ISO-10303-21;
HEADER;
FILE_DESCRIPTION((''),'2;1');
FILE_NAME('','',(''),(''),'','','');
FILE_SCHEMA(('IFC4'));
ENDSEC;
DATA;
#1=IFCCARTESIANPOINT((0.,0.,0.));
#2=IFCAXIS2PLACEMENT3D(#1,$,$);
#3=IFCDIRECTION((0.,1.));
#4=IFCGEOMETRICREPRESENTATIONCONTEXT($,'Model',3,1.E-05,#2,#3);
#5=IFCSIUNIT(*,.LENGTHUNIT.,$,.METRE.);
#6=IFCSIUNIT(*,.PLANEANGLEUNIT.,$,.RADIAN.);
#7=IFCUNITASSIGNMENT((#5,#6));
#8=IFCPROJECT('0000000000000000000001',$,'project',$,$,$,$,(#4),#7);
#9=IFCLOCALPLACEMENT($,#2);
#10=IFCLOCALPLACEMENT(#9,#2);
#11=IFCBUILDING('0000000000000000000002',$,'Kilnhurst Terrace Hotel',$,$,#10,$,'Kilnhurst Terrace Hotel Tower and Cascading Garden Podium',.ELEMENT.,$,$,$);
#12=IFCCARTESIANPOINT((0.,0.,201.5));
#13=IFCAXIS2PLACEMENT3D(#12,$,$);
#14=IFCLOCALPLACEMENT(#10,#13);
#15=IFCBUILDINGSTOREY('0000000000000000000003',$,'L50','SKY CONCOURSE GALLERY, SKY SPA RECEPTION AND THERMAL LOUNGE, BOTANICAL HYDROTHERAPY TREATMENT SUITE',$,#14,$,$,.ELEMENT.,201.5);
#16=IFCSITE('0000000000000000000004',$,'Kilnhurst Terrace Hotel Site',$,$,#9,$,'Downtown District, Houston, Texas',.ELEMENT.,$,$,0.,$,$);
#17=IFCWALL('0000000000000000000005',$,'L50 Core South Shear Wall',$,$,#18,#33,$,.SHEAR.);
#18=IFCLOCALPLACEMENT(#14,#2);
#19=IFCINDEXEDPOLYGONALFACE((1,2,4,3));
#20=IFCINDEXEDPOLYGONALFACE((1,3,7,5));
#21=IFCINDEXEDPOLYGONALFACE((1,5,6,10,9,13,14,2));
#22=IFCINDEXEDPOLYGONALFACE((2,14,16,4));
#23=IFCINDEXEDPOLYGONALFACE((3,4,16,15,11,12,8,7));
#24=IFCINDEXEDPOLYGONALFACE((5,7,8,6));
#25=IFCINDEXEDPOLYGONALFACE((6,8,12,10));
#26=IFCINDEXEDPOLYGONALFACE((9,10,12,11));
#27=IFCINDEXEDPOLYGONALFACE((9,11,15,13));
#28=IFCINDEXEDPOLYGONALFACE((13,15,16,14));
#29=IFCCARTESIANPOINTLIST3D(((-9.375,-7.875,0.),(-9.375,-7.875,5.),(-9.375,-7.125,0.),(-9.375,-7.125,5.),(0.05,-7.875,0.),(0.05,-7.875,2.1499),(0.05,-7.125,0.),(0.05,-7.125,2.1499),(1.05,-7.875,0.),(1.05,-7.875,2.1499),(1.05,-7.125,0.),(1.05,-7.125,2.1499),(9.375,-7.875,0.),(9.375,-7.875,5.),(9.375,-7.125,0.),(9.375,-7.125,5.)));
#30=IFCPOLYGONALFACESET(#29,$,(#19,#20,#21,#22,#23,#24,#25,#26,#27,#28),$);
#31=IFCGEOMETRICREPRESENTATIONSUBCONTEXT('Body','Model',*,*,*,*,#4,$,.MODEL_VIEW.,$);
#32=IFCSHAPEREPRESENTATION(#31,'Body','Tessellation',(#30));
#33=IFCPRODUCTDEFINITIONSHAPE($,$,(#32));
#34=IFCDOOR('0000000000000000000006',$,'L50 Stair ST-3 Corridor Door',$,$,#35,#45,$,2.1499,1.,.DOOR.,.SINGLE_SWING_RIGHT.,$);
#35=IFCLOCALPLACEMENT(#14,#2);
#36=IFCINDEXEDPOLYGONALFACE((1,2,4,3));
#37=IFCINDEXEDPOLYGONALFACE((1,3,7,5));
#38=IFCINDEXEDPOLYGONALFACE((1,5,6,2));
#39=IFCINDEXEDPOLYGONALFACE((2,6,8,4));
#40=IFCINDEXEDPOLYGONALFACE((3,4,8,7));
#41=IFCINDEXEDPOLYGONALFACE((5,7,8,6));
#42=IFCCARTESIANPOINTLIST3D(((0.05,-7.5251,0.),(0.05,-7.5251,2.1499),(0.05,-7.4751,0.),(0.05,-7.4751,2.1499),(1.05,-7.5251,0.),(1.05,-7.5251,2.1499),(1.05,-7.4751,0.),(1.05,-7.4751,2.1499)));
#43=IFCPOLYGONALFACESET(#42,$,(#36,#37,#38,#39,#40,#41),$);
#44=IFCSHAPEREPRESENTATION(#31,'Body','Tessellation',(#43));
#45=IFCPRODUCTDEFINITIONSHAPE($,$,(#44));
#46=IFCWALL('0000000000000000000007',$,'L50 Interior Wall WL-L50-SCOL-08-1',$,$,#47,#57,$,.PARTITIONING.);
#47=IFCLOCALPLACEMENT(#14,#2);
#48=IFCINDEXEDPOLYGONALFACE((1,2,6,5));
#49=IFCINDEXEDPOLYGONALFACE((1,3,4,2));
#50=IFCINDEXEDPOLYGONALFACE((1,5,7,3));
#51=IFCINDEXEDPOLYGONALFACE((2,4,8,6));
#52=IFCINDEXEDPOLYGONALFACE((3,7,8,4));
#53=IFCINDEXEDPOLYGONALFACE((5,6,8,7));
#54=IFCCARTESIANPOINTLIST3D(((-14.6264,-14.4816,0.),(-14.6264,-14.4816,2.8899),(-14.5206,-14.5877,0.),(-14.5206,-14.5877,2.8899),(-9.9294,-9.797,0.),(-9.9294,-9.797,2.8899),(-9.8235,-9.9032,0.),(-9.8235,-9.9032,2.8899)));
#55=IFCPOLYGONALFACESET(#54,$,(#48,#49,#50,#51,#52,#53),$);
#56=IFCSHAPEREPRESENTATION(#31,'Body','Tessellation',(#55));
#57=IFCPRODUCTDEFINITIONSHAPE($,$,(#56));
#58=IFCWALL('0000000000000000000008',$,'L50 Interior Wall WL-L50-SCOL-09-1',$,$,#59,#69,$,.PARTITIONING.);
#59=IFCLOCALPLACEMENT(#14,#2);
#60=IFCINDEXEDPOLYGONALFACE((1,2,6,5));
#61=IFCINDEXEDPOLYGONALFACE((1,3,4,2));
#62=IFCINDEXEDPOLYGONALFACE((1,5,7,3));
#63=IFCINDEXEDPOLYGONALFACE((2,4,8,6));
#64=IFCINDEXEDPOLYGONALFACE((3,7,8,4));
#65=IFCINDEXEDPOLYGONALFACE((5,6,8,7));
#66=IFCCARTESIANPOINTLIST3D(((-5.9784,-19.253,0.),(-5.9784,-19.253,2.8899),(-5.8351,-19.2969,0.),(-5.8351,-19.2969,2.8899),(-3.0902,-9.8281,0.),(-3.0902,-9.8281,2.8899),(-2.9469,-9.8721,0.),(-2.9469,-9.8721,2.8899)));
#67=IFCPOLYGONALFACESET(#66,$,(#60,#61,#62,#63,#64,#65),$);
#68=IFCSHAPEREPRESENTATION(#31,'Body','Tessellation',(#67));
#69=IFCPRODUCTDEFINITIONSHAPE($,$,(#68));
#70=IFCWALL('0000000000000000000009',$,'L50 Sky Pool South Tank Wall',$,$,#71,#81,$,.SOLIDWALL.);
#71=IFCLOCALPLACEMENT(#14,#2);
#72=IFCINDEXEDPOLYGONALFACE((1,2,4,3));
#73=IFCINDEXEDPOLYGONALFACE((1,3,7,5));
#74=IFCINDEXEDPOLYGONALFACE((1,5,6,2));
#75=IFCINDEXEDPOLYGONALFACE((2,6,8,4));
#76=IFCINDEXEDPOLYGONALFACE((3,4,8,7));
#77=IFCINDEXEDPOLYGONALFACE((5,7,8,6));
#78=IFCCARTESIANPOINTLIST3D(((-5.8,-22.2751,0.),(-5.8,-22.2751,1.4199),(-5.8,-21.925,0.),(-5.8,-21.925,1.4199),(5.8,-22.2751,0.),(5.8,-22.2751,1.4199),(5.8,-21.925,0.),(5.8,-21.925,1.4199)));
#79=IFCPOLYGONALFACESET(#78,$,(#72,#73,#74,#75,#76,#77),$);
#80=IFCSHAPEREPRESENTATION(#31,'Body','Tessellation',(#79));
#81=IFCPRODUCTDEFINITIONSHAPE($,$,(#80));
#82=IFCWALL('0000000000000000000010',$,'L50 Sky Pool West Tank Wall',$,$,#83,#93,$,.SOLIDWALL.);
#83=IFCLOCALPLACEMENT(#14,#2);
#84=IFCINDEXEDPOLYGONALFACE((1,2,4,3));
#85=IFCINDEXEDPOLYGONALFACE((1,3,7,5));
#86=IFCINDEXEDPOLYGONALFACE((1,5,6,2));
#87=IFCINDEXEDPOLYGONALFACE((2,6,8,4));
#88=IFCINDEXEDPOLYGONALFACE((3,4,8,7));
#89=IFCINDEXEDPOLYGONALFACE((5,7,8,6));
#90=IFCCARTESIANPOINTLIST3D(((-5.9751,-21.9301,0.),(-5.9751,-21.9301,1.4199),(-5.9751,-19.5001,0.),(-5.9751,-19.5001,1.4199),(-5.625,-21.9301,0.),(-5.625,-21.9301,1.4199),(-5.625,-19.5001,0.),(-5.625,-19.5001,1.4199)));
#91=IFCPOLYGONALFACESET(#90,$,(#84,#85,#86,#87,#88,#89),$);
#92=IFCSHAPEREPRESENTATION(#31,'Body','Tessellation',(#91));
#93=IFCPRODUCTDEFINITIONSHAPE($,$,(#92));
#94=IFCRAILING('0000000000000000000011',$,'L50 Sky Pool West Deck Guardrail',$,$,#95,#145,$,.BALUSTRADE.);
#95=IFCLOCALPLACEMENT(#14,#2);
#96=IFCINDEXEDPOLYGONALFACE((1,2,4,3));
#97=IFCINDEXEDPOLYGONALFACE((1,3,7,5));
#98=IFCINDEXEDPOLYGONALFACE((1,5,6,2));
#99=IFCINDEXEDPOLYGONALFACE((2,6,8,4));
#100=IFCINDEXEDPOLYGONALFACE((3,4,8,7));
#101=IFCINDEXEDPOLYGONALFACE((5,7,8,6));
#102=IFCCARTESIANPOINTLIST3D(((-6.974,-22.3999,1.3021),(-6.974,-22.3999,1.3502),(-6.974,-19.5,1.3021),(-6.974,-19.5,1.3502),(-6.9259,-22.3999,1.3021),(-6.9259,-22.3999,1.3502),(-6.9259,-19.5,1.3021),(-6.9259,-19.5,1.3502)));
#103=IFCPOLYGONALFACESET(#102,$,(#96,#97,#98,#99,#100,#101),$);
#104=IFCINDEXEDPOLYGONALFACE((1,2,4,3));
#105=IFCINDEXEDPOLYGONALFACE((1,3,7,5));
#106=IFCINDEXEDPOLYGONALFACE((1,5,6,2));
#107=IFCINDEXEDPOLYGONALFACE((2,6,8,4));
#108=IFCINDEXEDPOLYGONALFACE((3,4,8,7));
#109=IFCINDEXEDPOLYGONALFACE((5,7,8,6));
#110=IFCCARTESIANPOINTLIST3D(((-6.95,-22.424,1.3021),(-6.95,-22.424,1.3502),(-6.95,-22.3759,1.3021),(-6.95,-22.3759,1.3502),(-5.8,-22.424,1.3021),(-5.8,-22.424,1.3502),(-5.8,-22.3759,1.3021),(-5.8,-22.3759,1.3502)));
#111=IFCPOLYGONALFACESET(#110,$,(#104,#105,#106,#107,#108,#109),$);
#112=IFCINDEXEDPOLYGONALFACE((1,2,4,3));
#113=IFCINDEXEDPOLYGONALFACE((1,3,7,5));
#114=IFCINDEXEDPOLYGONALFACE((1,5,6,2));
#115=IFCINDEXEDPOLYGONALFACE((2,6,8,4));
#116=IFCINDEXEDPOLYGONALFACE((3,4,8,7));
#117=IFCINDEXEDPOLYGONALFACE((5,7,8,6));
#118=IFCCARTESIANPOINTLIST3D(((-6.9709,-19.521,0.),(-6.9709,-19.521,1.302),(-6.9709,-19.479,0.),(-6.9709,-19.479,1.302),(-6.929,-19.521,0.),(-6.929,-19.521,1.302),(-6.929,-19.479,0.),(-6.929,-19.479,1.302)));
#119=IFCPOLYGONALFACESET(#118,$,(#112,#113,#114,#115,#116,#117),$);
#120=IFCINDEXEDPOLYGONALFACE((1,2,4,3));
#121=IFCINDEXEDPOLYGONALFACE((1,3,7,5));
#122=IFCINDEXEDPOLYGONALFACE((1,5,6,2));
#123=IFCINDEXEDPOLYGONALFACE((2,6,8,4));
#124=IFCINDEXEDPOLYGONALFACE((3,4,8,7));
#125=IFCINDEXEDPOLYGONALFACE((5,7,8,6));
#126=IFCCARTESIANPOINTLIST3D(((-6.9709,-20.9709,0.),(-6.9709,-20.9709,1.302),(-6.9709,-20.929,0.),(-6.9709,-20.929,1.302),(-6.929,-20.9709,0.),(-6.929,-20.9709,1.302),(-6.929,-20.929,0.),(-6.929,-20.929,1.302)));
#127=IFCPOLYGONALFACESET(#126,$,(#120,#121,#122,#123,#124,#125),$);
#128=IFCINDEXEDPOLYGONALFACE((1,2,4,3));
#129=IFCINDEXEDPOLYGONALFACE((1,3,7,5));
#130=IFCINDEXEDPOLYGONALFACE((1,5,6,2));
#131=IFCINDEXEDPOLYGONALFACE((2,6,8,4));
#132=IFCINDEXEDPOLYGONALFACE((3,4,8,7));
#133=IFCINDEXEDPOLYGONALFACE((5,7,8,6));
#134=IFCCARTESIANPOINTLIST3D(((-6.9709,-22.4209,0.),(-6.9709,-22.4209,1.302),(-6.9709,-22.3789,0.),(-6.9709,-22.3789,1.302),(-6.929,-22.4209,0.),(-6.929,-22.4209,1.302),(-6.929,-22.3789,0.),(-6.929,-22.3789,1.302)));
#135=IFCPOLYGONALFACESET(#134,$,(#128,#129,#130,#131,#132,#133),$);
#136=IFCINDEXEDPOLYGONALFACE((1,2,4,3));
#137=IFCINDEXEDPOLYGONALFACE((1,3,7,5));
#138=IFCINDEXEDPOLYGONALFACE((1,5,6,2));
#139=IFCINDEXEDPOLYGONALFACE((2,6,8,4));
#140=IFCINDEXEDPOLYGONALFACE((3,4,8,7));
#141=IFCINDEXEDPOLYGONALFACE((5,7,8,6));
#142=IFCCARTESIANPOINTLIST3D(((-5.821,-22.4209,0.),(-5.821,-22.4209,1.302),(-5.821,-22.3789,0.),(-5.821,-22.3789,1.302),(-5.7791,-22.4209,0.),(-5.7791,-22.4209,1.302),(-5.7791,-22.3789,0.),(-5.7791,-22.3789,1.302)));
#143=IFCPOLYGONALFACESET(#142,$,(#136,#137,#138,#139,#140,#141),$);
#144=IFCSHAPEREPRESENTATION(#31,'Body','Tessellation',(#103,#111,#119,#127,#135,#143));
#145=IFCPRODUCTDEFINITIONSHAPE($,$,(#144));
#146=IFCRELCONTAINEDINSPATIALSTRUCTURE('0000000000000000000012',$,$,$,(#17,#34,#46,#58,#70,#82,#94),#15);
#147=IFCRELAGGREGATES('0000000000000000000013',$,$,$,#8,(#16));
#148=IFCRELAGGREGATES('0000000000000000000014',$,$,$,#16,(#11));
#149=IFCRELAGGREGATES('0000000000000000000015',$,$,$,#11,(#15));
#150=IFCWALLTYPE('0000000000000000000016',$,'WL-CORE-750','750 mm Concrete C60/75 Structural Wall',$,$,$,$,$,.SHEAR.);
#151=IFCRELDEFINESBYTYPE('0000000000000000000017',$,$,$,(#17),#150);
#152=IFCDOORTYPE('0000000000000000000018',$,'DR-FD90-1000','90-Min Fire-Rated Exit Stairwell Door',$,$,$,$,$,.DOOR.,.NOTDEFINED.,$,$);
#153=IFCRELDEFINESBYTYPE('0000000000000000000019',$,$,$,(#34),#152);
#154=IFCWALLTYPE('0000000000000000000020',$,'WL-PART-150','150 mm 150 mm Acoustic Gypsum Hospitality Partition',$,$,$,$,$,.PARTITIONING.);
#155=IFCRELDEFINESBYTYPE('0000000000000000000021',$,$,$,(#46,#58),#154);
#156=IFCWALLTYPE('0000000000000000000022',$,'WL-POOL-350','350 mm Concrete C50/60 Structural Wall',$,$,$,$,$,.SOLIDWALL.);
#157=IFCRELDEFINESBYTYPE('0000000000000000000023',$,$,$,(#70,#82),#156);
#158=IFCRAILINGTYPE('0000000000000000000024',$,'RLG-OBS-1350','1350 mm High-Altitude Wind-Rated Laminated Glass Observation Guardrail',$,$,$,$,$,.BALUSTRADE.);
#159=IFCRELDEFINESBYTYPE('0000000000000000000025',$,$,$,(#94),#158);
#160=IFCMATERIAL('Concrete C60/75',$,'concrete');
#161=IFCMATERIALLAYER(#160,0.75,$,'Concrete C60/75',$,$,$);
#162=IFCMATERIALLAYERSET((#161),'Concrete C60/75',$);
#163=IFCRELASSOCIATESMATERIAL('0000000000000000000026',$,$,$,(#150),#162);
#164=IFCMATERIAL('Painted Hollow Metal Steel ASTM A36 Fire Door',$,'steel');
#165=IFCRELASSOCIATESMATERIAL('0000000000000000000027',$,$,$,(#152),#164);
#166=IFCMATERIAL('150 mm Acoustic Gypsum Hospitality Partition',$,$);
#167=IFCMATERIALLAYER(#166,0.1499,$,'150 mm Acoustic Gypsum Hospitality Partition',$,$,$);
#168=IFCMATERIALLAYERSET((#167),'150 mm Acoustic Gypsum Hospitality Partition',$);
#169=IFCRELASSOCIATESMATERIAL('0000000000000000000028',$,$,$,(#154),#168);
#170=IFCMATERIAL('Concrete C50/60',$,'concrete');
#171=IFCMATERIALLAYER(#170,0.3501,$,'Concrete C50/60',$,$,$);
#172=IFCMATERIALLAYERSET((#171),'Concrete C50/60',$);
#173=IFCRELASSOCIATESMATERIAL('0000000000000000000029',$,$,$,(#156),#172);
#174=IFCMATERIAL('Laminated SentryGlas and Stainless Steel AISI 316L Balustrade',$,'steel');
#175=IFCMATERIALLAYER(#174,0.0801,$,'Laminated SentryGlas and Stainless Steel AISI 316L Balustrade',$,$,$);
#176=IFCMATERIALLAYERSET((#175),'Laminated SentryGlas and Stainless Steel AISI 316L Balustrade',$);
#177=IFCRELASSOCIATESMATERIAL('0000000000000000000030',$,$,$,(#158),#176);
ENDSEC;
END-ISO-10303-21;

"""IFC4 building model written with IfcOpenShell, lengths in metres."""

from ifc_helpers import new_model, si_unit, direction, frame, frame_2d, origin, origin_2d, place, context, subcontext, project, spatial, rectangle, extrude, material, layer, layer_set, type_object, element, fill, save


model = new_model("IFC4")

# Units and contexts
model_context = context("Model", 3, precision=1e-05, world=origin(), true_north=direction((0.0, 1.0)))
body_context = subcontext(model_context, "Body", "Model", "MODEL_VIEW")
ifc_project = project(units=[si_unit("LENGTHUNIT", "METRE"), si_unit("PLANEANGLEUNIT", "RADIAN")], contexts=[model_context])

# Site, building, storey
site_placement = place(None, origin())
site = spatial("IfcSite", under=ifc_project, at=site_placement, Name="Kilnhurst Terrace Hotel Site", LongName="Downtown District, Houston, Texas", CompositionType="ELEMENT", RefElevation=0.0)
building_placement = place(site_placement, origin())
building = spatial("IfcBuilding", under=site, at=building_placement, Name="Kilnhurst Terrace Hotel", LongName="Kilnhurst Terrace Hotel Tower and Cascading Garden Podium", CompositionType="ELEMENT")
storey_placement = place(building_placement, frame((0.0, 0.0, 201.5)))
storey = spatial("IfcBuildingStorey", under=building, at=storey_placement, Name="L50", Description="SKY CONCOURSE GALLERY, SKY SPA RECEPTION AND THERMAL LOUNGE, BOTANICAL HYDROTHERAPY TREATMENT SUITE", CompositionType="ELEMENT", Elevation=201.5)

# Shared definitions
ifc_material_1 = material(Name="Concrete C50/60", Category="concrete")

# Wall, opening, door
ifc_material_2 = material(Name="Concrete C60/75", Category="concrete")
ifc_layer_1 = layer(ifc_material_2, 0.75, Name="Concrete C60/75")
ifc_layer_set_1 = layer_set([ifc_layer_1], Name="Concrete C60/75")
wall_type_1 = type_object("IfcWallType", Name="WL-CORE-750", Description="750 mm Concrete C60/75 Structural Wall", PredefinedType="SHEAR", material=ifc_layer_set_1)
wall_1_placement = place(storey_placement, frame((-9.375, -7.5, 0.0), z_axis=(0.0, 0.0, 1.0), x_axis=(1.0, 0.0, 0.0)))
wall_1 = element("IfcWall", 1, at=wall_1_placement, inside=storey, type_object=wall_type_1, Name="L50 Core South Shear Wall", PredefinedType="SHEAR", context=body_context, shape_type="SweptSolid", body=[
    extrude(rectangle(XDim=18.75, YDim=0.75, at=frame_2d((9.375, 0.0))), origin(), (0.0, 0.0, 1.0), 5.0),
])
opening_1_placement = place(wall_1_placement, frame((9.425, 0.0, 0.0)))
opening_1 = element("IfcOpeningElement", 2, at=opening_1_placement, cuts=wall_1, PredefinedType="OPENING", context=body_context, shape_type="SweptSolid", body=[
    extrude(rectangle(XDim=1.0, YDim=2.1499, at=frame_2d((0.5, 1.075))), frame((0.0, 0.385, 0.0), z_axis=(0.0, -1.0, 0.0), x_axis=(1.0, 0.0, 0.0)), (0.0, 0.0, 1.0), 0.77),
])
ifc_material_3 = material(Name="Painted Hollow Metal Steel ASTM A36 Fire Door", Category="steel")
door_type_1 = type_object("IfcDoorType", Name="DR-FD90-1000", Description="90-Min Fire-Rated Exit Stairwell Door", OperationType="NOTDEFINED", PredefinedType="DOOR", material=ifc_material_3)
door_1_placement = place(opening_1_placement, origin())
door_1 = element("IfcDoor", 3, at=door_1_placement, inside=storey, type_object=door_type_1, Name="L50 Stair ST-3 Corridor Door", OperationType="SINGLE_SWING_RIGHT", OverallHeight=2.1499, OverallWidth=1.0, PredefinedType="DOOR", context=body_context, shape_type="SweptSolid", body=[
    extrude(rectangle(XDim=1.0, YDim=2.1499, at=frame_2d((0.5, 1.075))), frame((0.0, 0.0249, 0.0), z_axis=(0.0, -1.0, 0.0), x_axis=(1.0, 0.0, 0.0)), (0.0, 0.0, 1.0), 0.05),
])
fill(opening_1, door_1)

# Walls
ifc_material_4 = material(Name="150 mm Acoustic Gypsum Hospitality Partition")
ifc_layer_2 = layer(ifc_material_4, 0.1499, Name="150 mm Acoustic Gypsum Hospitality Partition")
ifc_layer_set_2 = layer_set([ifc_layer_2], Name="150 mm Acoustic Gypsum Hospitality Partition")
wall_type_2 = type_object("IfcWallType", Name="WL-PART-150", Description="150 mm 150 mm Acoustic Gypsum Hospitality Partition", PredefinedType="PARTITIONING", material=ifc_layer_set_2)
wall_2_placement = place(storey_placement, frame((-9.8765, -9.8501, 0.0), z_axis=(0.0, 0.0, 1.0), x_axis=(-0.708045, -0.706168, 0.0)))
element("IfcWall", 4, at=wall_2_placement, inside=storey, type_object=wall_type_2, Name="L50 Interior Wall WL-L50-SCOL-08-1", PredefinedType="PARTITIONING", context=body_context, shape_type="SweptSolid", body=[
    extrude(rectangle(XDim=6.6338, YDim=0.1499, at=frame_2d((3.3169, 0.0))), origin(), (0.0, 0.0, 1.0), 2.8899),
])
wall_3_placement = place(storey_placement, frame((-3.0186, -9.8501, 0.0), z_axis=(0.0, 0.0, 1.0), x_axis=(-0.292996, -0.956114, 0.0)))
element("IfcWall", 5, at=wall_3_placement, inside=storey, type_object=wall_type_2, Name="L50 Interior Wall WL-L50-SCOL-09-1", PredefinedType="PARTITIONING", context=body_context, shape_type="SweptSolid", body=[
    extrude(rectangle(XDim=9.8574, YDim=0.1499, at=frame_2d((4.9287, 0.0))), origin(), (0.0, 0.0, 1.0), 2.8899),
])
ifc_layer_3 = layer(ifc_material_1, 0.3501, Name="Concrete C50/60")
ifc_layer_set_3 = layer_set([ifc_layer_3], Name="Concrete C50/60")
wall_type_3 = type_object("IfcWallType", Name="WL-POOL-350", Description="350 mm Concrete C50/60 Structural Wall", PredefinedType="SOLIDWALL", material=ifc_layer_set_3)
wall_4_placement = place(storey_placement, frame((-5.8, -22.1001, 0.0), z_axis=(0.0, 0.0, 1.0), x_axis=(1.0, 0.0, 0.0)))
element("IfcWall", 6, at=wall_4_placement, inside=storey, type_object=wall_type_3, Name="L50 Sky Pool South Tank Wall", PredefinedType="SOLIDWALL", context=body_context, shape_type="SweptSolid", body=[
    extrude(rectangle(XDim=11.6001, YDim=0.3501, at=frame_2d((5.8, 0.0))), origin(), (0.0, 0.0, 1.0), 1.4199),
])
wall_5_placement = place(storey_placement, frame((-5.8, -21.9299, 0.0), z_axis=(0.0, 0.0, 1.0), x_axis=(0.0, 1.0, 0.0)))
element("IfcWall", 7, at=wall_5_placement, inside=storey, type_object=wall_type_3, Name="L50 Sky Pool West Tank Wall", PredefinedType="SOLIDWALL", context=body_context, shape_type="SweptSolid", body=[
    extrude(rectangle(XDim=2.4299, YDim=0.3501, at=frame_2d((1.2148, 0.0))), origin(), (0.0, 0.0, 1.0), 1.4199),
])

# Railing
ifc_material_5 = material(Name="Laminated SentryGlas and Stainless Steel AISI 316L Balustrade", Category="steel")
ifc_layer_4 = layer(ifc_material_5, 0.0801, Name="Laminated SentryGlas and Stainless Steel AISI 316L Balustrade")
ifc_layer_set_4 = layer_set([ifc_layer_4], Name="Laminated SentryGlas and Stainless Steel AISI 316L Balustrade")
railing_type = type_object("IfcRailingType", Name="RLG-OBS-1350", Description="1350 mm High-Altitude Wind-Rated Laminated Glass Observation Guardrail", PredefinedType="BALUSTRADE", material=ifc_layer_set_4)
railing_placement = place(storey_placement, frame((-6.95, -19.5, 0.0)))
element("IfcRailing", 8, at=railing_placement, inside=storey, type_object=railing_type, Name="L50 Sky Pool West Deck Guardrail", PredefinedType="BALUSTRADE", context=body_context, shape_type="SweptSolid", body=[
    extrude(rectangle(XDim=0.0481, YDim=0.0481, at=origin_2d()), frame((0.0, 0.0, 1.3262), z_axis=(0.0, -1.0, 0.0), x_axis=(1.0, 0.0, 0.0)), (0.0, 0.0, 1.0), 2.8999),
    extrude(rectangle(XDim=0.0481, YDim=0.0481, at=origin_2d()), frame((0.0, -2.8999, 1.3262), z_axis=(1.0, 0.0, 0.0), x_axis=(0.0, 1.0, 0.0)), (0.0, 0.0, 1.0), 1.1499),
    extrude(rectangle(XDim=0.042, YDim=0.042, at=origin_2d()), origin(), (0.0, 0.0, 1.0), 1.302),
    extrude(rectangle(XDim=0.042, YDim=0.042, at=origin_2d()), frame((0.0, -1.45, 0.0)), (0.0, 0.0, 1.0), 1.302),
    extrude(rectangle(XDim=0.042, YDim=0.042, at=origin_2d()), frame((0.0, -2.8999, 0.0)), (0.0, 0.0, 1.0), 1.302),
    extrude(rectangle(XDim=0.042, YDim=0.042, at=origin_2d()), frame((1.1499, -2.8999, 0.0)), (0.0, 0.0, 1.0), 1.302),
])

save(model, "model.ifc")
